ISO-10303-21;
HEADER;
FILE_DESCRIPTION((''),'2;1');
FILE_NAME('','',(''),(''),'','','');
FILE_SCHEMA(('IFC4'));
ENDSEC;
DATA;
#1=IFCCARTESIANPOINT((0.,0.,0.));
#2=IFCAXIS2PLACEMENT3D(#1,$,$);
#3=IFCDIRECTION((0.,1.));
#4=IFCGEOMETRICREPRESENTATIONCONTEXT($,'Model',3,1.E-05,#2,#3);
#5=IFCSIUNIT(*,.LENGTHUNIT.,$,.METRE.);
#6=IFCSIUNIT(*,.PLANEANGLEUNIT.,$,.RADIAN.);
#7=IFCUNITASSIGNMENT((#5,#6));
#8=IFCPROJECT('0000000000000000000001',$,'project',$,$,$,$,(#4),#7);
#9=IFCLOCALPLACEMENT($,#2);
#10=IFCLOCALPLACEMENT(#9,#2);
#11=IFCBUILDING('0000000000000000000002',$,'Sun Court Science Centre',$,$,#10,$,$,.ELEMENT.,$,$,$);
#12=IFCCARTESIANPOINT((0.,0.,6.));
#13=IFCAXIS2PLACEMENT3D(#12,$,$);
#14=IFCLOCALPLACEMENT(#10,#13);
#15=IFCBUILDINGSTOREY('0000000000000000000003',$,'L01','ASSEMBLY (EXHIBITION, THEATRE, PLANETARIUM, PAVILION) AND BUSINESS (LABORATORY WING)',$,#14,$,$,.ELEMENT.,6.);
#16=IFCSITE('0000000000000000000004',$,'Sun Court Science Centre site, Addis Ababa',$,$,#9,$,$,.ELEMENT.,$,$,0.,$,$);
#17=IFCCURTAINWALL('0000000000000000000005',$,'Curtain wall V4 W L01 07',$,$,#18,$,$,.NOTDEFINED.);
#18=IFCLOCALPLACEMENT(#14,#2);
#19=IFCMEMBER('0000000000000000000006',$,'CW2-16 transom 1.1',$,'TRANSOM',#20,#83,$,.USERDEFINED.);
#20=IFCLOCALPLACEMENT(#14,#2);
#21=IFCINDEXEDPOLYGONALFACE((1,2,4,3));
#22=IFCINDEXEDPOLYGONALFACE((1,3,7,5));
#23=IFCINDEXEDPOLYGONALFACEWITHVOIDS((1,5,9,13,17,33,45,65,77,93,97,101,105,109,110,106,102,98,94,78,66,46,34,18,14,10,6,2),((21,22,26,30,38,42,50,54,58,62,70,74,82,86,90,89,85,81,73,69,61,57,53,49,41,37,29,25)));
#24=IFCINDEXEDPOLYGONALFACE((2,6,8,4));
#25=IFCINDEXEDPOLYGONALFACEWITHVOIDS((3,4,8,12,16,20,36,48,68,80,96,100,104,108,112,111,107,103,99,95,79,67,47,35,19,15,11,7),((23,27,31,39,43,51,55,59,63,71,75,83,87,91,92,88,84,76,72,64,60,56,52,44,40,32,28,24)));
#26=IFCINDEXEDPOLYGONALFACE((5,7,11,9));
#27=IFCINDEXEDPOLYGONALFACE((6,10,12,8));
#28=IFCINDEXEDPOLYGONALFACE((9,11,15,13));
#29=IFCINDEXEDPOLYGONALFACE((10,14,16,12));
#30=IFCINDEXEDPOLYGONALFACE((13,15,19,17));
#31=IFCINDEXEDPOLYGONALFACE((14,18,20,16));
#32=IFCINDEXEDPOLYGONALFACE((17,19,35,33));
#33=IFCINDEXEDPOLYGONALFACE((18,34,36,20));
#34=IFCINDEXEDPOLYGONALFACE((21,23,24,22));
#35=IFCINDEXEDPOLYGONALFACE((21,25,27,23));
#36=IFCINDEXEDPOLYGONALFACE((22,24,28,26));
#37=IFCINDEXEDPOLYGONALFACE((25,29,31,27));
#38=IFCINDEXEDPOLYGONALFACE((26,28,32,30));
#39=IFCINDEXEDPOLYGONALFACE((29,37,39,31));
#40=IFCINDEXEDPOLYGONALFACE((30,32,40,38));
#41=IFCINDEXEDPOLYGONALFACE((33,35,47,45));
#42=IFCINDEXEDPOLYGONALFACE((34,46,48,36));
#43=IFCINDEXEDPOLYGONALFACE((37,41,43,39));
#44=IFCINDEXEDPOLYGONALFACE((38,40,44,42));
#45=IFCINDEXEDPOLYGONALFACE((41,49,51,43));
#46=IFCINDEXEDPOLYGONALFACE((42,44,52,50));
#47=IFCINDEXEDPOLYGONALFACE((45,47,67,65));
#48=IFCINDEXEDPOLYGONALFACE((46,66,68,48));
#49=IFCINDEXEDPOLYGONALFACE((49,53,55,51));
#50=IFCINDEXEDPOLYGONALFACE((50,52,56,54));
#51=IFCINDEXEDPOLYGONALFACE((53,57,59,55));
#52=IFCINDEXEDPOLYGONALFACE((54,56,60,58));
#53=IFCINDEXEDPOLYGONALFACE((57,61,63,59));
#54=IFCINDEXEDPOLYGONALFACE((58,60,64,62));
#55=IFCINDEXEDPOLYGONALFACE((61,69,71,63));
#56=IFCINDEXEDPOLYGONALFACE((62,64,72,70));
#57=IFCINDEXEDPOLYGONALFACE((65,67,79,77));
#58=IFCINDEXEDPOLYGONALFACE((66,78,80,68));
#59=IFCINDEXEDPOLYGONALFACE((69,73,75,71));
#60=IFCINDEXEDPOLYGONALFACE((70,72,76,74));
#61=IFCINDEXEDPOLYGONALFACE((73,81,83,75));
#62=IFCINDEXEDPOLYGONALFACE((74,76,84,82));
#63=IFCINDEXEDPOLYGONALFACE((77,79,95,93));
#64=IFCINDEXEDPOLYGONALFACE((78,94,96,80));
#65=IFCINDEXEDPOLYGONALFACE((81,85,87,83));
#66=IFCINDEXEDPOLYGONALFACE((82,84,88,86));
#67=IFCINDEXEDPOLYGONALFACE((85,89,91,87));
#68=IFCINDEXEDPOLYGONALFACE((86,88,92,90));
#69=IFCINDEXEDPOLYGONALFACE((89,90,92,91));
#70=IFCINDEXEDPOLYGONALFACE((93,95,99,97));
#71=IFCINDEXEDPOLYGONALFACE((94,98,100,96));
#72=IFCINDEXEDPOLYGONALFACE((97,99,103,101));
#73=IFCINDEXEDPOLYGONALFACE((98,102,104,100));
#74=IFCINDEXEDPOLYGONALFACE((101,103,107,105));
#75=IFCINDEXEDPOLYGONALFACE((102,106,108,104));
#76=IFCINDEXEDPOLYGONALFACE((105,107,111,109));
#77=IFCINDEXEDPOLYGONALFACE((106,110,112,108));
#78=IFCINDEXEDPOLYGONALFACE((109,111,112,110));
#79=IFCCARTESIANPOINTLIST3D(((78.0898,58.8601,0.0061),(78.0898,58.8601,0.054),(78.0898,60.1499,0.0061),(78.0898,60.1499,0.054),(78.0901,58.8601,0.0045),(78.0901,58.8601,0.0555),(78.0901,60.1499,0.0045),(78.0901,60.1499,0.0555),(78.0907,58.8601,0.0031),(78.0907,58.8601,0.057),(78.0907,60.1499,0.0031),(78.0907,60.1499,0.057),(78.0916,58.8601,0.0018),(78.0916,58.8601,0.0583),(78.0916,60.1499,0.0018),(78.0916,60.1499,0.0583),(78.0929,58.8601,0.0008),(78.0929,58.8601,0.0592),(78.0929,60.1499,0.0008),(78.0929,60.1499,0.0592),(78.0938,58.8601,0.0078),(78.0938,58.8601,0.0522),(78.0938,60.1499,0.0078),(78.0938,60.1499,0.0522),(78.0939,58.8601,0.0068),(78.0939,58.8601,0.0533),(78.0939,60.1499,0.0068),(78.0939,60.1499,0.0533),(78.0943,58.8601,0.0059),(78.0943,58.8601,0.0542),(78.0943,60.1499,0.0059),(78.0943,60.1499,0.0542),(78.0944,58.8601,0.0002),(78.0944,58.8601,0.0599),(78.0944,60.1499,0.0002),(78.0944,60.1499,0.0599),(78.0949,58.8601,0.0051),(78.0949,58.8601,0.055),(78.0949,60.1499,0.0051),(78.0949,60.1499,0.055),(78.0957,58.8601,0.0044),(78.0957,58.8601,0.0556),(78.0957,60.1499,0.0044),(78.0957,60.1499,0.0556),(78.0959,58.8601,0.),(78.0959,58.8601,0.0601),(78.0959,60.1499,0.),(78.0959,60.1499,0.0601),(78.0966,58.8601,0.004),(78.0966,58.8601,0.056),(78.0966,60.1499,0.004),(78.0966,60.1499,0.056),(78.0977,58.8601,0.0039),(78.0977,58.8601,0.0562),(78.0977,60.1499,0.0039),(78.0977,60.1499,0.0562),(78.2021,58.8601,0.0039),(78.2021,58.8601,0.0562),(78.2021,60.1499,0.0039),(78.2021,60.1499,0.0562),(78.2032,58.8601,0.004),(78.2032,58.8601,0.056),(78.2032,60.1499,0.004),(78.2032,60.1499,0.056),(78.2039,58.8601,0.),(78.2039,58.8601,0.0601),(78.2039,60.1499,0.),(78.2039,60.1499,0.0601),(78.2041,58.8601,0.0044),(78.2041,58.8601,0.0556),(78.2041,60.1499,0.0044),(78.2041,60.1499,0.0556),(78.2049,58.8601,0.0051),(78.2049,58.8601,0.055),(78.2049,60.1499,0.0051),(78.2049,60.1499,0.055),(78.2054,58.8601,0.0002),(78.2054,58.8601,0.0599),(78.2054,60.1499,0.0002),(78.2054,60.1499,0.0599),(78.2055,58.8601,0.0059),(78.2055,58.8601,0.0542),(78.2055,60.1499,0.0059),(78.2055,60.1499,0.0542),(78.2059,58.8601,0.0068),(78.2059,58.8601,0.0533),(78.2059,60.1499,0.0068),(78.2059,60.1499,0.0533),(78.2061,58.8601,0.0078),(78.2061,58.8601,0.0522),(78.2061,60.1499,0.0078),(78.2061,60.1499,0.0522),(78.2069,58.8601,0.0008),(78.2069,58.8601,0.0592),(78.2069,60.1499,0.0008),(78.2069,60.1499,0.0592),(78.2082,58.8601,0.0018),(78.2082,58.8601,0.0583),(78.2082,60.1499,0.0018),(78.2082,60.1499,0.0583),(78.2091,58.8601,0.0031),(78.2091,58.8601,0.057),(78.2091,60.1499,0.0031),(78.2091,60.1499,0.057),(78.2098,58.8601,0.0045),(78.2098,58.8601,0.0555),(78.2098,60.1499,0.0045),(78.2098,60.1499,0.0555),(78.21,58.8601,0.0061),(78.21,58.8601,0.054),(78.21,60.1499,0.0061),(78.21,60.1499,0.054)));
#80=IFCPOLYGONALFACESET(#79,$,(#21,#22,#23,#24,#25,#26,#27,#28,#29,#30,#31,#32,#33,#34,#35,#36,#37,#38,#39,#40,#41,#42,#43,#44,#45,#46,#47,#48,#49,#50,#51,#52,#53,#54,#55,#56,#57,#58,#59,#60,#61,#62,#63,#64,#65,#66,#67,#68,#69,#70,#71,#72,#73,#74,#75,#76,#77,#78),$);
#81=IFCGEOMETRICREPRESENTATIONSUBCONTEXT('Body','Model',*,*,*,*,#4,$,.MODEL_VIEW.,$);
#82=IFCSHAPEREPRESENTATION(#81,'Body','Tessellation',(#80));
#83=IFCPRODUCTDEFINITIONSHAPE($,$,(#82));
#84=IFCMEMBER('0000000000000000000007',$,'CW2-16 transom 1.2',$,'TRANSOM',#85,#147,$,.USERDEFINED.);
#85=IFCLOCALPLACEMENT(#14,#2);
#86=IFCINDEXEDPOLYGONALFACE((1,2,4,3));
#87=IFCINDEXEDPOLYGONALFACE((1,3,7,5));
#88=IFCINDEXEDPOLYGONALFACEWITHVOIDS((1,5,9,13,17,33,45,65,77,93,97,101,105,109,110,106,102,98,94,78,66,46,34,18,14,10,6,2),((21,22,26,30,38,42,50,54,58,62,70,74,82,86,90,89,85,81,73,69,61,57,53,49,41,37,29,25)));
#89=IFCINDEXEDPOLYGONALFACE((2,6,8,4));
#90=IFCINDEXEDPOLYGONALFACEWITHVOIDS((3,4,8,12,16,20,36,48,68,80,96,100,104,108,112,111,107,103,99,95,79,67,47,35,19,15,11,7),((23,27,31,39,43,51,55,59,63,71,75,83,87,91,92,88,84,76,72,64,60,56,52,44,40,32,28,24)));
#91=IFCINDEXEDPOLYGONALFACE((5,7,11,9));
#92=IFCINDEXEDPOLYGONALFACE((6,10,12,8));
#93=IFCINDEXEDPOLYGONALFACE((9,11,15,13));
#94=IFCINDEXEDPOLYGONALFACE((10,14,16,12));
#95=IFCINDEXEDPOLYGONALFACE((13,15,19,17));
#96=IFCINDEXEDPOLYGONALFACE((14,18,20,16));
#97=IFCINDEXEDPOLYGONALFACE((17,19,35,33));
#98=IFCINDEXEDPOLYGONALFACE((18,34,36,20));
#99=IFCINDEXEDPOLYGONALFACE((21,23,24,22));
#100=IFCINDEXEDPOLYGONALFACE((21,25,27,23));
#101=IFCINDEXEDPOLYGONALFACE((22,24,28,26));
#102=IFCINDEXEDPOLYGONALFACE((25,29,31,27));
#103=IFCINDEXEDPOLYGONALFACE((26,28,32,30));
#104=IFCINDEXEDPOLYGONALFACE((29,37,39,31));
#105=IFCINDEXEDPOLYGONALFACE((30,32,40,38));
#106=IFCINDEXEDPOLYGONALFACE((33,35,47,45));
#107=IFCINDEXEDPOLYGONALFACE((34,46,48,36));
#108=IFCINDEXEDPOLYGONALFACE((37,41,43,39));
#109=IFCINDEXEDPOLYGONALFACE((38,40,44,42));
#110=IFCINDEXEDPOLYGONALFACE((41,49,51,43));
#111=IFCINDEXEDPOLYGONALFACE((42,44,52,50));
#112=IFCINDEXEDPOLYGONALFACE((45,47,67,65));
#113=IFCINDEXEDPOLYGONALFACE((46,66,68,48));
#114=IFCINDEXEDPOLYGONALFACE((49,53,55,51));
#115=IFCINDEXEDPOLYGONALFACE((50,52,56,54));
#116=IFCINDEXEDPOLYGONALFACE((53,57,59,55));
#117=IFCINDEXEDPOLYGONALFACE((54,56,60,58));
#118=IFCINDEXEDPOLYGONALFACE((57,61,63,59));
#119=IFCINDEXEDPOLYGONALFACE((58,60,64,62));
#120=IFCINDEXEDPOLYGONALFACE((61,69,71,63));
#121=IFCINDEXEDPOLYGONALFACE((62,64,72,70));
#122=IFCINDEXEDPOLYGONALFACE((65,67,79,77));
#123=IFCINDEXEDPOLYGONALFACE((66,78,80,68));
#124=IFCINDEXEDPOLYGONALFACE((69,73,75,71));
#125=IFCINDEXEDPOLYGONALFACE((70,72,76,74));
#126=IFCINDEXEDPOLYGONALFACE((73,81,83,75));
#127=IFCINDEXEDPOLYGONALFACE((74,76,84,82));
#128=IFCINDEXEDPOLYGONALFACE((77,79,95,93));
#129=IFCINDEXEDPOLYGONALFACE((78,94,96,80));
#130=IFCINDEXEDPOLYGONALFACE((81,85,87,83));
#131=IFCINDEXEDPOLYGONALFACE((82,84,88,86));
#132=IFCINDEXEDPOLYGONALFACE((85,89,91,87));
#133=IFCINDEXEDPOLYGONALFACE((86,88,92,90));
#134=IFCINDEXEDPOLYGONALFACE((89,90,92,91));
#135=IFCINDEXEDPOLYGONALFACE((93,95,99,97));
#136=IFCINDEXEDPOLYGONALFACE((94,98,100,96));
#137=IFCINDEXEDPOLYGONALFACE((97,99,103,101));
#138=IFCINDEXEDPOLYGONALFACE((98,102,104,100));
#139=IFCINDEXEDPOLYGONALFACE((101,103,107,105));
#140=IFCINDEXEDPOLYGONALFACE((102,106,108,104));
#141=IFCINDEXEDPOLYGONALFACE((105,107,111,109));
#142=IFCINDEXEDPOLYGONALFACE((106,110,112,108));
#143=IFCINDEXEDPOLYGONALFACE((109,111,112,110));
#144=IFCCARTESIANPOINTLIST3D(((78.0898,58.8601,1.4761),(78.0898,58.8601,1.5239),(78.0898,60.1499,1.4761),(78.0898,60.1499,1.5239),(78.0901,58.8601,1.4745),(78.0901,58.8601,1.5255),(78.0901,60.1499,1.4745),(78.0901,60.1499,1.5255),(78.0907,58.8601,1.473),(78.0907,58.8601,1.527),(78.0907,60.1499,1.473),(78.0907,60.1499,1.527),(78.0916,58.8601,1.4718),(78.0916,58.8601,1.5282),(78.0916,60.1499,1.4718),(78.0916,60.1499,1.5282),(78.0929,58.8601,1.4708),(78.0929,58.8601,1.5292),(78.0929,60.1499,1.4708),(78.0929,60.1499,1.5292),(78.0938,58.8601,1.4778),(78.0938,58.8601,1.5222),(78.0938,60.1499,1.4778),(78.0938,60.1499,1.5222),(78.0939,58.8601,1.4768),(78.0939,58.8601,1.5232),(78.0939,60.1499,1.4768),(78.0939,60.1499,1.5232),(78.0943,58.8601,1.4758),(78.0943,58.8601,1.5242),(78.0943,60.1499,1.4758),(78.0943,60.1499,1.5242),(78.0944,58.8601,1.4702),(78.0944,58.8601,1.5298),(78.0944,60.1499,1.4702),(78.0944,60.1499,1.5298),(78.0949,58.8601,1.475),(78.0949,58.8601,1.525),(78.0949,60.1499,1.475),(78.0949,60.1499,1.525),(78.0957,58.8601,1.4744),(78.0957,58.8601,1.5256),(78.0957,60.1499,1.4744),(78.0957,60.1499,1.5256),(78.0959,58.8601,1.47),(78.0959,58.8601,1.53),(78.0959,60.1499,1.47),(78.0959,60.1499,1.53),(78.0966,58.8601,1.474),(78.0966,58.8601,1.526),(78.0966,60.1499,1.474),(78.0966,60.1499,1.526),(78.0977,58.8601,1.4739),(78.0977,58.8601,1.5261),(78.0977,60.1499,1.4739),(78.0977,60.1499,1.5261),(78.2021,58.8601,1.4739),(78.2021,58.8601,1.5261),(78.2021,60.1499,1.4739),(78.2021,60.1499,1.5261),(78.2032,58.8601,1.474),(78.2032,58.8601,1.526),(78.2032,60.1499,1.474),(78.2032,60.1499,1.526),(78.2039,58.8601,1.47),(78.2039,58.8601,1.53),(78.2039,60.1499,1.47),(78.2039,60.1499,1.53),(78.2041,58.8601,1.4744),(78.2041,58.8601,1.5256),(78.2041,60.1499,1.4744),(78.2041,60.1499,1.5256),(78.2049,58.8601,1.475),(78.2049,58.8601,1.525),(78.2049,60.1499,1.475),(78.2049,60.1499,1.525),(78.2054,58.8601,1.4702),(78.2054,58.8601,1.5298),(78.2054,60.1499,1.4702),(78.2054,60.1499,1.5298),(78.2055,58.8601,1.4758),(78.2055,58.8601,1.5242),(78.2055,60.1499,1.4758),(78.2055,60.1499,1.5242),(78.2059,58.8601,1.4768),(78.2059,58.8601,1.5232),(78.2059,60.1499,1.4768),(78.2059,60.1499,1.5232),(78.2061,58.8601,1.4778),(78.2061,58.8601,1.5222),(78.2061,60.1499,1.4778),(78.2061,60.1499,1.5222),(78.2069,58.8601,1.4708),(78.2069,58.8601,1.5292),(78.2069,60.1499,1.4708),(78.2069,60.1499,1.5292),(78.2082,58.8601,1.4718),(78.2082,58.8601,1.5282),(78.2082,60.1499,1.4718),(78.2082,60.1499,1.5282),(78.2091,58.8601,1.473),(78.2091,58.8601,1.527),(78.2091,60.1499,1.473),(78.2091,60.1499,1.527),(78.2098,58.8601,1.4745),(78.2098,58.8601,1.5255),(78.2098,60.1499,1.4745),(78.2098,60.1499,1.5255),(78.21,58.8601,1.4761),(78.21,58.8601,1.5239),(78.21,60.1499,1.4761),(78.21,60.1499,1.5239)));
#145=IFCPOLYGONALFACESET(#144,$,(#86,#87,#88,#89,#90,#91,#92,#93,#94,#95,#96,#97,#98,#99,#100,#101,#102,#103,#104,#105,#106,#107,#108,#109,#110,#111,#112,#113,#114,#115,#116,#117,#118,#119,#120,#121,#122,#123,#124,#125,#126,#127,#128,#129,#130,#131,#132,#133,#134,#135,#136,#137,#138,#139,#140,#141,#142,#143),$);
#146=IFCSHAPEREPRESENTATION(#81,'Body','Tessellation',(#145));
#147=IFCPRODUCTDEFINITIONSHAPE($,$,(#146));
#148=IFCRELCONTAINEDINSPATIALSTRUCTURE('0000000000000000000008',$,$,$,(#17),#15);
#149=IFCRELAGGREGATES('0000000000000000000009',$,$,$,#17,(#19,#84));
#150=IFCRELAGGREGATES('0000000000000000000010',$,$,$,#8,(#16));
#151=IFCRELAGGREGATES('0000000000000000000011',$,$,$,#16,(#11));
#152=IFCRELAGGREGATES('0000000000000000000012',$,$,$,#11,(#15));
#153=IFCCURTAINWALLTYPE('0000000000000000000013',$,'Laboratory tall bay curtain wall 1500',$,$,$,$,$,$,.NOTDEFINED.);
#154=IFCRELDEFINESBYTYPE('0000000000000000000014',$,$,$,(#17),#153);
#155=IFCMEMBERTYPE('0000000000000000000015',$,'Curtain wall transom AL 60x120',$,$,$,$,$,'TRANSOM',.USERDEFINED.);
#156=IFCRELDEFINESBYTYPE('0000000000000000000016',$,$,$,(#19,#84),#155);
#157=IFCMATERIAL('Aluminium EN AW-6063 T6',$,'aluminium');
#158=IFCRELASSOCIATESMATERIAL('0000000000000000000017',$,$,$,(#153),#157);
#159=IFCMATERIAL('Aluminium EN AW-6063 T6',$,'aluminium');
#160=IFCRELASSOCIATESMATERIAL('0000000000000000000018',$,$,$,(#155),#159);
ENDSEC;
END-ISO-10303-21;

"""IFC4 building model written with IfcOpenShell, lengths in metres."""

from ifc_helpers import new_model, si_unit, direction, frame, origin, origin_2d, place, context, subcontext, project, spatial, hollow_rectangle, extrude, material, material_profile, profile_set, type_object, element, aggregate, save


model = new_model("IFC4")

# Units and contexts
model_context = context("Model", 3, precision=1e-05, world=origin(), true_north=direction((0.0, 1.0)))
body_context = subcontext(model_context, "Body", "Model", "MODEL_VIEW")
ifc_project = project(units=[si_unit("LENGTHUNIT", "METRE"), si_unit("PLANEANGLEUNIT", "RADIAN")], contexts=[model_context])

# Site, building, storey
site_placement = place(None, origin())
site = spatial("IfcSite", under=ifc_project, at=site_placement, Name="Sun Court Science Centre site, Addis Ababa", CompositionType="ELEMENT", RefElevation=0.0)
building_placement = place(site_placement, origin())
building = spatial("IfcBuilding", under=site, at=building_placement, Name="Sun Court Science Centre", CompositionType="ELEMENT")
storey_placement = place(building_placement, frame((0.0, 0.0, 6.0)))
storey = spatial("IfcBuildingStorey", under=building, at=storey_placement, Name="L01", Description="ASSEMBLY (EXHIBITION, THEATRE, PLANETARIUM, PAVILION) AND BUSINESS (LABORATORY WING)", CompositionType="ELEMENT", Elevation=6.0)

# Shared definitions
ifc_material_1 = material(Name="Aluminium EN AW-6063 T6", Category="aluminium")
curtain_wall_type = type_object("IfcCurtainWallType", Name="Laboratory tall bay curtain wall 1500", PredefinedType="NOTDEFINED", material=ifc_material_1)

# Curtain wall, members
curtain_wall_1_placement = place(storey_placement, origin())
curtain_wall_1 = element("IfcCurtainWall", 1, at=curtain_wall_1_placement, inside=storey, type_object=curtain_wall_type, Name="Curtain wall V4 W L01 07", PredefinedType="NOTDEFINED")
ifc_material_2 = material(Name="Aluminium EN AW-6063 T6", Category="aluminium")
ifc_material_profile_1 = material_profile(ifc_material_2, hollow_rectangle(XDim=0.0601, YDim=0.1201, WallThickness=0.0039, InnerFilletRadius=0.0039, OuterFilletRadius=0.0061, at=origin_2d()), Name="AL 60x120x4")
ifc_profile_set_1 = profile_set([ifc_material_profile_1], Name="Aluminium EN AW-6063 T6")
member_type_1 = type_object("IfcMemberType", Name="Curtain wall transom AL 60x120", ElementType="TRANSOM", PredefinedType="USERDEFINED", material=ifc_profile_set_1)
member_1_placement = place(storey_placement, frame((78.1499, 58.8601, 0.03), z_axis=(0.0, 1.0, 0.0), x_axis=(0.0, 0.0, 1.0)))
member_1 = element("IfcMember", 2, at=member_1_placement, type_object=member_type_1, Name="CW2-16 transom 1.1", ObjectType="TRANSOM", PredefinedType="USERDEFINED", context=body_context, shape_type="SweptSolid", body=[
    extrude(hollow_rectangle(XDim=0.0601, YDim=0.1201, WallThickness=0.0039, InnerFilletRadius=0.0039, OuterFilletRadius=0.0061, at=origin_2d()), origin(), (0.0, 0.0, 1.0), 1.2898),
])
member_2_placement = place(storey_placement, frame((78.1499, 58.8601, 1.5), z_axis=(0.0, 1.0, 0.0), x_axis=(0.0, 0.0, 1.0)))
member_2 = element("IfcMember", 3, at=member_2_placement, type_object=member_type_1, Name="CW2-16 transom 1.2", ObjectType="TRANSOM", PredefinedType="USERDEFINED", context=body_context, shape_type="SweptSolid", body=[
    extrude(hollow_rectangle(XDim=0.0601, YDim=0.1201, WallThickness=0.0039, InnerFilletRadius=0.0039, OuterFilletRadius=0.0061, at=origin_2d()), origin(), (0.0, 0.0, 1.0), 1.2898),
])

aggregate(curtain_wall_1, [member_1, member_2])

save(model, "model.ifc")
